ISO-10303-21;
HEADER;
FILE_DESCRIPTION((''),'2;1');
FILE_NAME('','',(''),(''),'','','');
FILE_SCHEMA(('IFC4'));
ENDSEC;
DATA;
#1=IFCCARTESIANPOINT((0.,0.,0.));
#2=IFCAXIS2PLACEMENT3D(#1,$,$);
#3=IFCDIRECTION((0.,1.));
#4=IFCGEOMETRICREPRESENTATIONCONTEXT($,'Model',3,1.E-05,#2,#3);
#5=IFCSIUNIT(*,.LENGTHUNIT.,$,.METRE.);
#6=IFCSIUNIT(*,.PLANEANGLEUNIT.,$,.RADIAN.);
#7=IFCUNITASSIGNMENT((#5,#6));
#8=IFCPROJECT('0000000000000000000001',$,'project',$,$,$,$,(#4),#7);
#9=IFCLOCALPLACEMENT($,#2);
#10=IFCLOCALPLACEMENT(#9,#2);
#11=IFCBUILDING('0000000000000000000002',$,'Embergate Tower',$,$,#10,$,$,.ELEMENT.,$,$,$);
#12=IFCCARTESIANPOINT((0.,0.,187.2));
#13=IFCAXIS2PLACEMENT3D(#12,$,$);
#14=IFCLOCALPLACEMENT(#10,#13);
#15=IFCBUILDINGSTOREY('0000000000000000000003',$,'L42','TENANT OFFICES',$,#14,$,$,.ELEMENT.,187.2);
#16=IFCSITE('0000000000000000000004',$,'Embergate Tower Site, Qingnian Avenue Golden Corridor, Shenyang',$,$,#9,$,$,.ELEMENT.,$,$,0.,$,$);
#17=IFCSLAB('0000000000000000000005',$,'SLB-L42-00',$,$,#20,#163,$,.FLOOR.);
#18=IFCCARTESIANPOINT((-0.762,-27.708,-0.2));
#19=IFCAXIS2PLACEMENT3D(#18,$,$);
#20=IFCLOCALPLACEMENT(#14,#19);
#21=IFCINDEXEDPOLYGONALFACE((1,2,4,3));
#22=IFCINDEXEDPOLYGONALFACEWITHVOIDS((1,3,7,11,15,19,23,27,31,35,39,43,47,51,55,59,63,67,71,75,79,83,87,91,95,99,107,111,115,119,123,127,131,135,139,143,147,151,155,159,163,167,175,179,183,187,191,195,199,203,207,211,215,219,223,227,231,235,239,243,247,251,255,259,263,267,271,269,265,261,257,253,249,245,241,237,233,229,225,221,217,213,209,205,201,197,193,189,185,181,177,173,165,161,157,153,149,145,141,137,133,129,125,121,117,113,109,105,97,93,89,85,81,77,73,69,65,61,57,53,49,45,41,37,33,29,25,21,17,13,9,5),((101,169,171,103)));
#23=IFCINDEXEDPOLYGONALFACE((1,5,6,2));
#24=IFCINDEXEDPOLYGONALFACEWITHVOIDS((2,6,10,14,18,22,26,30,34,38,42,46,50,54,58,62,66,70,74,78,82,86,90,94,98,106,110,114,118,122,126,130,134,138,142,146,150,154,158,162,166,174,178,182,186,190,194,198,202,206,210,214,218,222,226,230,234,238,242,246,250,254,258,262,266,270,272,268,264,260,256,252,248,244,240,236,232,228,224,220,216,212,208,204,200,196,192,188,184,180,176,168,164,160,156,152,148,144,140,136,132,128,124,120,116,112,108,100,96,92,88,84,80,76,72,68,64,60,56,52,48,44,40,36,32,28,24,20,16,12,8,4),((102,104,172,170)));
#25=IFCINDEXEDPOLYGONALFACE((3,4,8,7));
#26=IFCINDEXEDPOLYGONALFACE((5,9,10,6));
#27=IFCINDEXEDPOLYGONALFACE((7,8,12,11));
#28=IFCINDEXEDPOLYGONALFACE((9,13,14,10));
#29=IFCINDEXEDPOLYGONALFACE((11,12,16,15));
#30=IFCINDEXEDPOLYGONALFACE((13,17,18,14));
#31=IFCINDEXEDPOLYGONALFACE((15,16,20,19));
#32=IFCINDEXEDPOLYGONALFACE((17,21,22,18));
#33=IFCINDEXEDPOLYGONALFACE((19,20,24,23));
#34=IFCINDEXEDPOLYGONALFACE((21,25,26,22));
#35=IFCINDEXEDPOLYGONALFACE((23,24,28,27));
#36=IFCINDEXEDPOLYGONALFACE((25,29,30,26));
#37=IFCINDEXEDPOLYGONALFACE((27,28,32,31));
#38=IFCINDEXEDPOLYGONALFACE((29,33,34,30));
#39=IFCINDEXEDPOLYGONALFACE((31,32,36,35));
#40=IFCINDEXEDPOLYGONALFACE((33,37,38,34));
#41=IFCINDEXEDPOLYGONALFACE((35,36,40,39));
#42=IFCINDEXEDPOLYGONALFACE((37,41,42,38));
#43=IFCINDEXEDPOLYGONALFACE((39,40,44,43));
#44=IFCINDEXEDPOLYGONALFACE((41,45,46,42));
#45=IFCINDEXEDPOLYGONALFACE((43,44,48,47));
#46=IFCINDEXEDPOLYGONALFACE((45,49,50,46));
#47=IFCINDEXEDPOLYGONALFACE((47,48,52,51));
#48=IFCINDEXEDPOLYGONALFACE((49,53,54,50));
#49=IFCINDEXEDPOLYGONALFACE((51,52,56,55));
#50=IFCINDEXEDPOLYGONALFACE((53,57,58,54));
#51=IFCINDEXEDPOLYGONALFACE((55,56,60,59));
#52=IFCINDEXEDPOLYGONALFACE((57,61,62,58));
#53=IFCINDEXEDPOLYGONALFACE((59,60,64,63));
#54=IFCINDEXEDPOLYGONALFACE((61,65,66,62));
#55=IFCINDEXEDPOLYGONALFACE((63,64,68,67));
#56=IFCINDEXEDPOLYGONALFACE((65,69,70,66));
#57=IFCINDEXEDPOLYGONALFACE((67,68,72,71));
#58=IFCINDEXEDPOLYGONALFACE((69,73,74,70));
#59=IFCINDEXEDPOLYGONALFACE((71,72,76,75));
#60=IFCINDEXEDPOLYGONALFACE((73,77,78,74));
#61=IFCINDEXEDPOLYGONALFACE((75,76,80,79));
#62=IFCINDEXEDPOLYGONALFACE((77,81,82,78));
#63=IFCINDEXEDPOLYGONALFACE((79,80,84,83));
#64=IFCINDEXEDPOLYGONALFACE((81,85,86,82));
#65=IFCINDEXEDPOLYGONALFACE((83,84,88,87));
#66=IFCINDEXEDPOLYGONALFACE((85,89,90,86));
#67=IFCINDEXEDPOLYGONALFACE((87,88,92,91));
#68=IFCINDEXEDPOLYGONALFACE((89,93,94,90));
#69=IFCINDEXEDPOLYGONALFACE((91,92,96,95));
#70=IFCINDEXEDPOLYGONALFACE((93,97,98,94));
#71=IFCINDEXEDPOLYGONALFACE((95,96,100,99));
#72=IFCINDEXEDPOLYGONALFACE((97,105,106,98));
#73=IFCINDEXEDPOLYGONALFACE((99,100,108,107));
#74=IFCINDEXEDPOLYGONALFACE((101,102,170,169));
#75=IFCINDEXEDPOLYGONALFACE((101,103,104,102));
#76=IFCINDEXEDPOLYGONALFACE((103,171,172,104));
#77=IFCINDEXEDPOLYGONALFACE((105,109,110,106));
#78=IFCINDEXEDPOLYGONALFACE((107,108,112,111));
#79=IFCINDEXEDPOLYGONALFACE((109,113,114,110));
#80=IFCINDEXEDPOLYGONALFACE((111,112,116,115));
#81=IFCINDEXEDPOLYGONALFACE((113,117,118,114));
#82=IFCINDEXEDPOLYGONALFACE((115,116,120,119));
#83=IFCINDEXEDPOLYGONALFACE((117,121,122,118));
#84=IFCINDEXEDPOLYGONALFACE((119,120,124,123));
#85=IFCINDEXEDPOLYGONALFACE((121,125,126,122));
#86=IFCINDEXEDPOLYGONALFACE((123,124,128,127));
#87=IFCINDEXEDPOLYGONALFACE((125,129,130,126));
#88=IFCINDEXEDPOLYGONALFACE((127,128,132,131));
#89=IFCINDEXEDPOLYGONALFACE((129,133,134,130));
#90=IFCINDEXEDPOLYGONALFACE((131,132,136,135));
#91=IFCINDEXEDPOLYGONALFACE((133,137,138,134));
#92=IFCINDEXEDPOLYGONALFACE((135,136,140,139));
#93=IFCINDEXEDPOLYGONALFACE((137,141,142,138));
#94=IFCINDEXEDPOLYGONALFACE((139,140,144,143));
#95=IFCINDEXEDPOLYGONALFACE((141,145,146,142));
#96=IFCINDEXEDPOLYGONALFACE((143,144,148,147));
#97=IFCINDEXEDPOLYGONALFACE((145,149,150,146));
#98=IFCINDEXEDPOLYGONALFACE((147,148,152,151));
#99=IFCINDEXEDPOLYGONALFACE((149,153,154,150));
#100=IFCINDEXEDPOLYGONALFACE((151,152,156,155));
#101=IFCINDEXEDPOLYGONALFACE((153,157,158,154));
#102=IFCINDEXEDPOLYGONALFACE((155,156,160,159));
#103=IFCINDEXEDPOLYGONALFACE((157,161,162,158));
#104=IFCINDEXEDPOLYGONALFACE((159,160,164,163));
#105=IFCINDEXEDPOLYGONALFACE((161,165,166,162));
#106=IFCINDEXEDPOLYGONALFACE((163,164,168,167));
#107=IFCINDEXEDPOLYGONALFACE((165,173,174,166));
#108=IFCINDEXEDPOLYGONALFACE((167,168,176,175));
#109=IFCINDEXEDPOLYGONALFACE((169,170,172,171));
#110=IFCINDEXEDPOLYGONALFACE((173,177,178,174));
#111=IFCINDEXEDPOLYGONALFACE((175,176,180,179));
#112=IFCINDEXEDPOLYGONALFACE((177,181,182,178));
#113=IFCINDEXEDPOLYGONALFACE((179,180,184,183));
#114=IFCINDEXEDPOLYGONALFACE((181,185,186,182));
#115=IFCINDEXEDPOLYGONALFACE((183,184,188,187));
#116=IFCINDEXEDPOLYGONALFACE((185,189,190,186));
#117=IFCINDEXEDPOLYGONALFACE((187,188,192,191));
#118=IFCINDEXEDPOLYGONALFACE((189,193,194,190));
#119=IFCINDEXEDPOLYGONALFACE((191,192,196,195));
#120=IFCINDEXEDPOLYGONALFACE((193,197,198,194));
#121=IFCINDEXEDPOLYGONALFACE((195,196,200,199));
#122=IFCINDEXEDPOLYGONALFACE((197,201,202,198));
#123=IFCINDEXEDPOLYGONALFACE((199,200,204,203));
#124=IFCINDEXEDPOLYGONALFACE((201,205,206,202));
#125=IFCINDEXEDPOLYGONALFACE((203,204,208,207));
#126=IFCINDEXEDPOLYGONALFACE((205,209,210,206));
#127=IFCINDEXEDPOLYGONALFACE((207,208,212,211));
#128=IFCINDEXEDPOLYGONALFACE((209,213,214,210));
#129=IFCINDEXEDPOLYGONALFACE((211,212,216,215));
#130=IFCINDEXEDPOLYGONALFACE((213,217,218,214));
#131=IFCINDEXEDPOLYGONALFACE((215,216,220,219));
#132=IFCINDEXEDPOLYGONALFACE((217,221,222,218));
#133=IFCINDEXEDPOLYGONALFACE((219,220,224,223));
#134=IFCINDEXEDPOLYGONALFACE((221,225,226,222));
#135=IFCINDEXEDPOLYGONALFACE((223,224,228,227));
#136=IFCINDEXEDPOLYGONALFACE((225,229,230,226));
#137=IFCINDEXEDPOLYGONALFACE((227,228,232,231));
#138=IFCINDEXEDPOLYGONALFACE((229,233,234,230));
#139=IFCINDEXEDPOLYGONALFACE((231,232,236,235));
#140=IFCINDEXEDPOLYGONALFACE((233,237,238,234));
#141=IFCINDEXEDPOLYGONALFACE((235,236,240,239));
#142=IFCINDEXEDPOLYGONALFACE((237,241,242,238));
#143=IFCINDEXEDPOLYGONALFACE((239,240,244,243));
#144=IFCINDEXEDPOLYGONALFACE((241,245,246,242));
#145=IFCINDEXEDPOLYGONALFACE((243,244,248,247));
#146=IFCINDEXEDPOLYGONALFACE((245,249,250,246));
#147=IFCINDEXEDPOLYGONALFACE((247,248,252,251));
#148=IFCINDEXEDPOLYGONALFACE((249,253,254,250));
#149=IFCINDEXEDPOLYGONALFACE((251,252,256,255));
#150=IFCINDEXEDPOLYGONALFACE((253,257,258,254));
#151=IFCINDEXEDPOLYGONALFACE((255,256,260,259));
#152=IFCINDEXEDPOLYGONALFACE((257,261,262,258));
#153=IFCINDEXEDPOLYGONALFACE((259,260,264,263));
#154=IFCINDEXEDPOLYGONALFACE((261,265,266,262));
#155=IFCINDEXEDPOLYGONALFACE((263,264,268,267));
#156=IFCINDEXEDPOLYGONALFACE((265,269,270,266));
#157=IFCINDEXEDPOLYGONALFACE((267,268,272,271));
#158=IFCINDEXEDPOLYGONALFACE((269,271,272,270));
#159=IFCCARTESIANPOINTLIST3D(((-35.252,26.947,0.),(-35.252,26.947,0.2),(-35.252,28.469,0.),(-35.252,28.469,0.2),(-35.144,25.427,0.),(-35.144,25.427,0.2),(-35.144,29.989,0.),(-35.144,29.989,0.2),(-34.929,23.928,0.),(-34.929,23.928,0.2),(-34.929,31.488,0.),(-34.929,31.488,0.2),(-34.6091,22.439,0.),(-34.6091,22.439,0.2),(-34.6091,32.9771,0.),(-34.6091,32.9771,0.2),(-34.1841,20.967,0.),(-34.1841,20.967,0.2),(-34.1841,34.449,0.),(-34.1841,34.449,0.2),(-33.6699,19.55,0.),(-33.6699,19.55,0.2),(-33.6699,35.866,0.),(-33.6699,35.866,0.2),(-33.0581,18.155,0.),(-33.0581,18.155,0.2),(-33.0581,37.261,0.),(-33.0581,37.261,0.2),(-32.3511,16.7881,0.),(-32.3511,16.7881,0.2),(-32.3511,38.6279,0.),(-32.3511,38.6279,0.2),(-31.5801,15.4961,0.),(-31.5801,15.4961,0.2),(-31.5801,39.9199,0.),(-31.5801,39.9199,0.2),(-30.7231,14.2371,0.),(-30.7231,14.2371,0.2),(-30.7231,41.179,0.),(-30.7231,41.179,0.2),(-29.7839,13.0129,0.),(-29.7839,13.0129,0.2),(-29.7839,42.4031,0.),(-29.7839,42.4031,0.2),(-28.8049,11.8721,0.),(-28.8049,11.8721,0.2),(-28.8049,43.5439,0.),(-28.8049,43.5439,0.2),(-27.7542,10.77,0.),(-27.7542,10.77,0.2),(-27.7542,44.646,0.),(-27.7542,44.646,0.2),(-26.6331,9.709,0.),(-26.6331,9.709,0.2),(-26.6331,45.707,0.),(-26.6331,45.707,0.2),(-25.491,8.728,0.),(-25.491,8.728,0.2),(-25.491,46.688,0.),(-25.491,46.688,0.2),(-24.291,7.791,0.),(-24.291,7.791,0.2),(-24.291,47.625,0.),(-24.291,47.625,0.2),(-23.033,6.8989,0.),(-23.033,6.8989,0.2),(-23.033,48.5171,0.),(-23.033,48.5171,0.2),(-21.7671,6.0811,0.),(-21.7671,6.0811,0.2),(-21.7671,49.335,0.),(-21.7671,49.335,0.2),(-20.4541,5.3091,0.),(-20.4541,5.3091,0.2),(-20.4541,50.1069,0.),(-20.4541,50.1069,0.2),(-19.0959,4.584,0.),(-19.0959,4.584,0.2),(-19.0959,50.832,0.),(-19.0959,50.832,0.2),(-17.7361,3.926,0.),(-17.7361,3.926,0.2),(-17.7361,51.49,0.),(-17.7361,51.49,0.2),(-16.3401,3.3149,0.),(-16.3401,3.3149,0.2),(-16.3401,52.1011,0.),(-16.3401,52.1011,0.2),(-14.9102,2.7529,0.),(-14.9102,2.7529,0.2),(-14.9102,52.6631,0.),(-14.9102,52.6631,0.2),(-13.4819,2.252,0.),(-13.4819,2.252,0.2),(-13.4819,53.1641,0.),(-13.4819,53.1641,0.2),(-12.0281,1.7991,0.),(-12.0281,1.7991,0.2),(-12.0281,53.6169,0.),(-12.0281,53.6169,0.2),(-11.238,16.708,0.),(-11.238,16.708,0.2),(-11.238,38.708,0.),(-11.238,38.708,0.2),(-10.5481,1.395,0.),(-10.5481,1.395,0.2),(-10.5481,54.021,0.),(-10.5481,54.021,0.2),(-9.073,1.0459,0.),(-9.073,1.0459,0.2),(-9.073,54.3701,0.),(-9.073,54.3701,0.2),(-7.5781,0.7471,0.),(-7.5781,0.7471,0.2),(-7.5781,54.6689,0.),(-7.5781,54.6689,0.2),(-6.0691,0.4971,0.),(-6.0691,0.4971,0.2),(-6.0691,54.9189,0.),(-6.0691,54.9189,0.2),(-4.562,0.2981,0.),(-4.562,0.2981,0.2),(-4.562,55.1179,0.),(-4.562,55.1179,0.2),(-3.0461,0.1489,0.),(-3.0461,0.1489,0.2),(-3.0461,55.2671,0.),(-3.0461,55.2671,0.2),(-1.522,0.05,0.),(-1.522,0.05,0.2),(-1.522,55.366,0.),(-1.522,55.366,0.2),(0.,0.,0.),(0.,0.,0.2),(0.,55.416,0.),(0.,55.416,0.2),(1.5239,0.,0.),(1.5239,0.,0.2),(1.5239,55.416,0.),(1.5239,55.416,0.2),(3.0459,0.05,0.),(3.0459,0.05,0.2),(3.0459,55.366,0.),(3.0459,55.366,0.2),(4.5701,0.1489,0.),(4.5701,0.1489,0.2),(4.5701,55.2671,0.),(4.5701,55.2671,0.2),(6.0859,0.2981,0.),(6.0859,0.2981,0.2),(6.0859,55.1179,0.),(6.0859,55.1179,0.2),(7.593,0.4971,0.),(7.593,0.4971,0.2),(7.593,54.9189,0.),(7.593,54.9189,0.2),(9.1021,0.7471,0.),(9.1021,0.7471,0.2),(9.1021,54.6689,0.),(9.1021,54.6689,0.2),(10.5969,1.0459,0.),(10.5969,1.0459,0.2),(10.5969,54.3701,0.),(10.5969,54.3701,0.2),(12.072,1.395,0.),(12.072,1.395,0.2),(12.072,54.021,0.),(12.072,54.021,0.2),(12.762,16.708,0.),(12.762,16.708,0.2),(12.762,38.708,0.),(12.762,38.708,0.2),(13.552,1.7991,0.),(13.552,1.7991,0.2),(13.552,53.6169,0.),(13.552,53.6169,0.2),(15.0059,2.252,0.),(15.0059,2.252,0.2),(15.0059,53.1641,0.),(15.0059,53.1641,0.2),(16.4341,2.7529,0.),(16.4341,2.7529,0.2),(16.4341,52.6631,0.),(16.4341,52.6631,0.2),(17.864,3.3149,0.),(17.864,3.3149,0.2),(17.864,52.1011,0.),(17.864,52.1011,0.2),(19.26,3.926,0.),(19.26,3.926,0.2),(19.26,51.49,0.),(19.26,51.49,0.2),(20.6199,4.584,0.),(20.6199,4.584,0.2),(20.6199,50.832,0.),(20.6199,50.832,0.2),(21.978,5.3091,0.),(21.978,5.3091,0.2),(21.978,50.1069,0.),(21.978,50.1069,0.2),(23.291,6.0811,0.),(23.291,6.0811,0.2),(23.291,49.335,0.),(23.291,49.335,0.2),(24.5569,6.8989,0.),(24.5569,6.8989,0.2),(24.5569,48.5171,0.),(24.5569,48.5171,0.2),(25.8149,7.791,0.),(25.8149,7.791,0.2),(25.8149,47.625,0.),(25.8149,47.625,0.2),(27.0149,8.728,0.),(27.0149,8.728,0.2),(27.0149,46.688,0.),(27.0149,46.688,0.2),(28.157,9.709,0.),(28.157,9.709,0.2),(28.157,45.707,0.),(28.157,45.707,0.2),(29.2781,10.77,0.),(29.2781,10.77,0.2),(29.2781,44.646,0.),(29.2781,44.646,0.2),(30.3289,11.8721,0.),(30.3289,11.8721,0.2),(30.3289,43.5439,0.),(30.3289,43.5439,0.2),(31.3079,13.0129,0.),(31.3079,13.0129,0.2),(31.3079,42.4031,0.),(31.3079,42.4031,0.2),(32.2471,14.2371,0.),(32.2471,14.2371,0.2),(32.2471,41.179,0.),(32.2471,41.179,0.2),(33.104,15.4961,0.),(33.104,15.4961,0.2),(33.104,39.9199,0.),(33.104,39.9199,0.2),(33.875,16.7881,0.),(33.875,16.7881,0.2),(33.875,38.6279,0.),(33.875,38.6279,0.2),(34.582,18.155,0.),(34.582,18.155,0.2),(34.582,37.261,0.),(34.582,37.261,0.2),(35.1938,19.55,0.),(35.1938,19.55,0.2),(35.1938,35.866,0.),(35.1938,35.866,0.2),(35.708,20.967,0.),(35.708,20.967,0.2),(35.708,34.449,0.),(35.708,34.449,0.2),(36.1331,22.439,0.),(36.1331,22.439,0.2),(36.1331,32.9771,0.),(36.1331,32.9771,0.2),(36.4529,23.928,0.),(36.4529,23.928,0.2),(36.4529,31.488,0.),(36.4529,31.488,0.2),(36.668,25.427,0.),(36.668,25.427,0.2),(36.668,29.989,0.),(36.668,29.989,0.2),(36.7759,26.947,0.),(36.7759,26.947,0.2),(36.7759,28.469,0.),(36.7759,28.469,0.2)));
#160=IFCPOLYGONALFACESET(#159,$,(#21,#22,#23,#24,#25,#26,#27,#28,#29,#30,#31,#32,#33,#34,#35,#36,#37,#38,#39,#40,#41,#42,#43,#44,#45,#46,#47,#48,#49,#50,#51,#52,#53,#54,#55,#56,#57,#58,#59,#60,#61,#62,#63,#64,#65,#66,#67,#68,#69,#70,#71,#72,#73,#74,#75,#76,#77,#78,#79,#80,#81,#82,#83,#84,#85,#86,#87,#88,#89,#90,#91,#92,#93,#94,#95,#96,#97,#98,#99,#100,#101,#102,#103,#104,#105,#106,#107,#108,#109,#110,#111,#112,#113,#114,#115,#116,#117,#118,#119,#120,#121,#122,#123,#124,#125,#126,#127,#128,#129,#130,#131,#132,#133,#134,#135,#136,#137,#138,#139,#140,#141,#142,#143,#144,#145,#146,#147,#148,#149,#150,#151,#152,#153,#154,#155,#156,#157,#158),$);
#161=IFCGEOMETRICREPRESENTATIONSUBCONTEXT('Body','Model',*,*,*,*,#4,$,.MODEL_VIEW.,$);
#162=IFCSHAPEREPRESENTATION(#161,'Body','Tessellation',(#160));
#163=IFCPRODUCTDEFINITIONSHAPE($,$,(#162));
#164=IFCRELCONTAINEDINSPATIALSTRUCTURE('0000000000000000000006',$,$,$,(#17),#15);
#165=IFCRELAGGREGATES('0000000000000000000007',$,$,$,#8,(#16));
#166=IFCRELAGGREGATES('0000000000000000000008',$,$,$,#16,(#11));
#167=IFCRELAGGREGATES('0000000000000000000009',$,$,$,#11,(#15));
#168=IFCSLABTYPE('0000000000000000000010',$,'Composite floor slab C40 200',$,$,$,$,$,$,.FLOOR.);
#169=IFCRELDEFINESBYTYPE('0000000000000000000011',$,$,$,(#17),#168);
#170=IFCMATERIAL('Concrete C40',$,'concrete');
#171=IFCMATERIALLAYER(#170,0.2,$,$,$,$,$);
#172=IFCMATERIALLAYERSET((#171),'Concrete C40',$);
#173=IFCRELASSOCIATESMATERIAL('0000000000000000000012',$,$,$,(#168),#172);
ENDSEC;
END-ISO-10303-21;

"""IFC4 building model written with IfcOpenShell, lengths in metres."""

from ifc_helpers import new_model, si_unit, direction, frame, origin, place, context, subcontext, project, spatial, polyline, outline, extrude, source, transform, mapped, material, layer, layer_set, type_object, element, save


model = new_model("IFC4")

# Units and contexts
model_context = context("Model", 3, precision=1e-05, world=origin(), true_north=direction((0.0, 1.0)))
body_context = subcontext(model_context, "Body", "Model", "MODEL_VIEW")
ifc_project = project(units=[si_unit("LENGTHUNIT", "METRE"), si_unit("PLANEANGLEUNIT", "RADIAN")], contexts=[model_context])

# Site, building, storey
site_placement = place(None, origin())
site = spatial("IfcSite", under=ifc_project, at=site_placement, Name="Embergate Tower Site, Qingnian Avenue Golden Corridor, Shenyang", CompositionType="ELEMENT", RefElevation=0.0)
building_placement = place(site_placement, origin())
building = spatial("IfcBuilding", under=site, at=building_placement, Name="Embergate Tower", CompositionType="ELEMENT")
storey_placement = place(building_placement, frame((0.0, 0.0, 187.2)))
storey = spatial("IfcBuildingStorey", under=building, at=storey_placement, Name="L42", Description="TENANT OFFICES", CompositionType="ELEMENT", Elevation=187.2)

# Slab
ifc_material_1 = material(Name="Concrete C40", Category="concrete")
ifc_layer_1 = layer(ifc_material_1, 0.2)
ifc_layer_set_1 = layer_set([ifc_layer_1], Name="Concrete C40")
slab_type = type_object("IfcSlabType", Name="Composite floor slab C40 200", PredefinedType="FLOOR", material=ifc_layer_set_1)
shared_shape_1 = source(origin(), body_context, "Body", "SweptSolid", [
    extrude(outline(polyline([(0.0, 0.0), (1.5239, 0.0), (3.0459, 0.05), (4.5701, 0.1489), (6.0859, 0.2981), (7.593, 0.4971), (9.1021, 0.7471), (10.5969, 1.0459), (12.072, 1.395), (13.552, 1.7991), (15.0059, 2.252), (16.4341, 2.7529), (17.864, 3.3149), (19.26, 3.926), (20.6199, 4.584), (21.978, 5.3091), (23.291, 6.0811), (24.5569, 6.8989), (25.8149, 7.791), (27.0149, 8.728), (28.157, 9.709), (29.2781, 10.77), (30.3289, 11.8721), (31.3079, 13.0129), (32.2471, 14.2371), (33.104, 15.4961), (33.875, 16.7881), (34.582, 18.155), (35.1938, 19.55), (35.708, 20.967), (36.1331, 22.439), (36.4529, 23.928), (36.668, 25.427), (36.7759, 26.947), (36.7759, 28.469), (36.668, 29.989), (36.4529, 31.488), (36.1331, 32.9771), (35.708, 34.449), (35.1938, 35.866), (34.582, 37.261), (33.875, 38.6279), (33.104, 39.9199), (32.2471, 41.179), (31.3079, 42.4031), (30.3289, 43.5439), (29.2781, 44.646), (28.157, 45.707), (27.0149, 46.688), (25.8149, 47.625), (24.5569, 48.5171), (23.291, 49.335), (21.978, 50.1069), (20.6199, 50.832), (19.26, 51.49), (17.864, 52.1011), (16.4341, 52.6631), (15.0059, 53.1641), (13.552, 53.6169), (12.072, 54.021), (10.5969, 54.3701), (9.1021, 54.6689), (7.593, 54.9189), (6.0859, 55.1179), (4.5701, 55.2671), (3.0459, 55.366), (1.5239, 55.416), (0.0, 55.416), (-1.522, 55.366), (-3.0461, 55.2671), (-4.562, 55.1179), (-6.0691, 54.9189), (-7.5781, 54.6689), (-9.073, 54.3701), (-10.5481, 54.021), (-12.0281, 53.6169), (-13.4819, 53.1641), (-14.9102, 52.6631), (-16.3401, 52.1011), (-17.7361, 51.49), (-19.0959, 50.832), (-20.4541, 50.1069), (-21.7671, 49.335), (-23.033, 48.5171), (-24.291, 47.625), (-25.491, 46.688), (-26.6331, 45.707), (-27.7542, 44.646), (-28.8049, 43.5439), (-29.7839, 42.4031), (-30.7231, 41.179), (-31.5801, 39.9199), (-32.3511, 38.6279), (-33.0581, 37.261), (-33.6699, 35.866), (-34.1841, 34.449), (-34.6091, 32.9771), (-34.929, 31.488), (-35.144, 29.989), (-35.252, 28.469), (-35.252, 26.947), (-35.144, 25.427), (-34.929, 23.928), (-34.6091, 22.439), (-34.1841, 20.967), (-33.6699, 19.55), (-33.0581, 18.155), (-32.3511, 16.7881), (-31.5801, 15.4961), (-30.7231, 14.2371), (-29.7839, 13.0129), (-28.8049, 11.8721), (-27.7542, 10.77), (-26.6331, 9.709), (-25.491, 8.728), (-24.291, 7.791), (-23.033, 6.8989), (-21.7671, 6.0811), (-20.4541, 5.3091), (-19.0959, 4.584), (-17.7361, 3.926), (-16.3401, 3.3149), (-14.9102, 2.7529), (-13.4819, 2.252), (-12.0281, 1.7991), (-10.5481, 1.395), (-9.073, 1.0459), (-7.5781, 0.7471), (-6.0691, 0.4971), (-4.562, 0.2981), (-3.0461, 0.1489), (-1.522, 0.05), (0.0, 0.0)]), holes=[polyline([(-11.238, 16.708), (-11.238, 38.708), (12.762, 38.708), (12.762, 16.708), (-11.238, 16.708)])]), origin(), (0.0, 0.0, 1.0), 0.2),
])
slab_placement = place(storey_placement, frame((-0.762, -27.708, -0.2)))
element("IfcSlab", 1, at=slab_placement, inside=storey, type_object=slab_type, Name="SLB-L42-00", PredefinedType="FLOOR", context=body_context, shape_type="MappedRepresentation", body=[
    mapped(shared_shape_1, transform((0.0, 0.0, 0.0))),
])

save(model, "model.ifc")
